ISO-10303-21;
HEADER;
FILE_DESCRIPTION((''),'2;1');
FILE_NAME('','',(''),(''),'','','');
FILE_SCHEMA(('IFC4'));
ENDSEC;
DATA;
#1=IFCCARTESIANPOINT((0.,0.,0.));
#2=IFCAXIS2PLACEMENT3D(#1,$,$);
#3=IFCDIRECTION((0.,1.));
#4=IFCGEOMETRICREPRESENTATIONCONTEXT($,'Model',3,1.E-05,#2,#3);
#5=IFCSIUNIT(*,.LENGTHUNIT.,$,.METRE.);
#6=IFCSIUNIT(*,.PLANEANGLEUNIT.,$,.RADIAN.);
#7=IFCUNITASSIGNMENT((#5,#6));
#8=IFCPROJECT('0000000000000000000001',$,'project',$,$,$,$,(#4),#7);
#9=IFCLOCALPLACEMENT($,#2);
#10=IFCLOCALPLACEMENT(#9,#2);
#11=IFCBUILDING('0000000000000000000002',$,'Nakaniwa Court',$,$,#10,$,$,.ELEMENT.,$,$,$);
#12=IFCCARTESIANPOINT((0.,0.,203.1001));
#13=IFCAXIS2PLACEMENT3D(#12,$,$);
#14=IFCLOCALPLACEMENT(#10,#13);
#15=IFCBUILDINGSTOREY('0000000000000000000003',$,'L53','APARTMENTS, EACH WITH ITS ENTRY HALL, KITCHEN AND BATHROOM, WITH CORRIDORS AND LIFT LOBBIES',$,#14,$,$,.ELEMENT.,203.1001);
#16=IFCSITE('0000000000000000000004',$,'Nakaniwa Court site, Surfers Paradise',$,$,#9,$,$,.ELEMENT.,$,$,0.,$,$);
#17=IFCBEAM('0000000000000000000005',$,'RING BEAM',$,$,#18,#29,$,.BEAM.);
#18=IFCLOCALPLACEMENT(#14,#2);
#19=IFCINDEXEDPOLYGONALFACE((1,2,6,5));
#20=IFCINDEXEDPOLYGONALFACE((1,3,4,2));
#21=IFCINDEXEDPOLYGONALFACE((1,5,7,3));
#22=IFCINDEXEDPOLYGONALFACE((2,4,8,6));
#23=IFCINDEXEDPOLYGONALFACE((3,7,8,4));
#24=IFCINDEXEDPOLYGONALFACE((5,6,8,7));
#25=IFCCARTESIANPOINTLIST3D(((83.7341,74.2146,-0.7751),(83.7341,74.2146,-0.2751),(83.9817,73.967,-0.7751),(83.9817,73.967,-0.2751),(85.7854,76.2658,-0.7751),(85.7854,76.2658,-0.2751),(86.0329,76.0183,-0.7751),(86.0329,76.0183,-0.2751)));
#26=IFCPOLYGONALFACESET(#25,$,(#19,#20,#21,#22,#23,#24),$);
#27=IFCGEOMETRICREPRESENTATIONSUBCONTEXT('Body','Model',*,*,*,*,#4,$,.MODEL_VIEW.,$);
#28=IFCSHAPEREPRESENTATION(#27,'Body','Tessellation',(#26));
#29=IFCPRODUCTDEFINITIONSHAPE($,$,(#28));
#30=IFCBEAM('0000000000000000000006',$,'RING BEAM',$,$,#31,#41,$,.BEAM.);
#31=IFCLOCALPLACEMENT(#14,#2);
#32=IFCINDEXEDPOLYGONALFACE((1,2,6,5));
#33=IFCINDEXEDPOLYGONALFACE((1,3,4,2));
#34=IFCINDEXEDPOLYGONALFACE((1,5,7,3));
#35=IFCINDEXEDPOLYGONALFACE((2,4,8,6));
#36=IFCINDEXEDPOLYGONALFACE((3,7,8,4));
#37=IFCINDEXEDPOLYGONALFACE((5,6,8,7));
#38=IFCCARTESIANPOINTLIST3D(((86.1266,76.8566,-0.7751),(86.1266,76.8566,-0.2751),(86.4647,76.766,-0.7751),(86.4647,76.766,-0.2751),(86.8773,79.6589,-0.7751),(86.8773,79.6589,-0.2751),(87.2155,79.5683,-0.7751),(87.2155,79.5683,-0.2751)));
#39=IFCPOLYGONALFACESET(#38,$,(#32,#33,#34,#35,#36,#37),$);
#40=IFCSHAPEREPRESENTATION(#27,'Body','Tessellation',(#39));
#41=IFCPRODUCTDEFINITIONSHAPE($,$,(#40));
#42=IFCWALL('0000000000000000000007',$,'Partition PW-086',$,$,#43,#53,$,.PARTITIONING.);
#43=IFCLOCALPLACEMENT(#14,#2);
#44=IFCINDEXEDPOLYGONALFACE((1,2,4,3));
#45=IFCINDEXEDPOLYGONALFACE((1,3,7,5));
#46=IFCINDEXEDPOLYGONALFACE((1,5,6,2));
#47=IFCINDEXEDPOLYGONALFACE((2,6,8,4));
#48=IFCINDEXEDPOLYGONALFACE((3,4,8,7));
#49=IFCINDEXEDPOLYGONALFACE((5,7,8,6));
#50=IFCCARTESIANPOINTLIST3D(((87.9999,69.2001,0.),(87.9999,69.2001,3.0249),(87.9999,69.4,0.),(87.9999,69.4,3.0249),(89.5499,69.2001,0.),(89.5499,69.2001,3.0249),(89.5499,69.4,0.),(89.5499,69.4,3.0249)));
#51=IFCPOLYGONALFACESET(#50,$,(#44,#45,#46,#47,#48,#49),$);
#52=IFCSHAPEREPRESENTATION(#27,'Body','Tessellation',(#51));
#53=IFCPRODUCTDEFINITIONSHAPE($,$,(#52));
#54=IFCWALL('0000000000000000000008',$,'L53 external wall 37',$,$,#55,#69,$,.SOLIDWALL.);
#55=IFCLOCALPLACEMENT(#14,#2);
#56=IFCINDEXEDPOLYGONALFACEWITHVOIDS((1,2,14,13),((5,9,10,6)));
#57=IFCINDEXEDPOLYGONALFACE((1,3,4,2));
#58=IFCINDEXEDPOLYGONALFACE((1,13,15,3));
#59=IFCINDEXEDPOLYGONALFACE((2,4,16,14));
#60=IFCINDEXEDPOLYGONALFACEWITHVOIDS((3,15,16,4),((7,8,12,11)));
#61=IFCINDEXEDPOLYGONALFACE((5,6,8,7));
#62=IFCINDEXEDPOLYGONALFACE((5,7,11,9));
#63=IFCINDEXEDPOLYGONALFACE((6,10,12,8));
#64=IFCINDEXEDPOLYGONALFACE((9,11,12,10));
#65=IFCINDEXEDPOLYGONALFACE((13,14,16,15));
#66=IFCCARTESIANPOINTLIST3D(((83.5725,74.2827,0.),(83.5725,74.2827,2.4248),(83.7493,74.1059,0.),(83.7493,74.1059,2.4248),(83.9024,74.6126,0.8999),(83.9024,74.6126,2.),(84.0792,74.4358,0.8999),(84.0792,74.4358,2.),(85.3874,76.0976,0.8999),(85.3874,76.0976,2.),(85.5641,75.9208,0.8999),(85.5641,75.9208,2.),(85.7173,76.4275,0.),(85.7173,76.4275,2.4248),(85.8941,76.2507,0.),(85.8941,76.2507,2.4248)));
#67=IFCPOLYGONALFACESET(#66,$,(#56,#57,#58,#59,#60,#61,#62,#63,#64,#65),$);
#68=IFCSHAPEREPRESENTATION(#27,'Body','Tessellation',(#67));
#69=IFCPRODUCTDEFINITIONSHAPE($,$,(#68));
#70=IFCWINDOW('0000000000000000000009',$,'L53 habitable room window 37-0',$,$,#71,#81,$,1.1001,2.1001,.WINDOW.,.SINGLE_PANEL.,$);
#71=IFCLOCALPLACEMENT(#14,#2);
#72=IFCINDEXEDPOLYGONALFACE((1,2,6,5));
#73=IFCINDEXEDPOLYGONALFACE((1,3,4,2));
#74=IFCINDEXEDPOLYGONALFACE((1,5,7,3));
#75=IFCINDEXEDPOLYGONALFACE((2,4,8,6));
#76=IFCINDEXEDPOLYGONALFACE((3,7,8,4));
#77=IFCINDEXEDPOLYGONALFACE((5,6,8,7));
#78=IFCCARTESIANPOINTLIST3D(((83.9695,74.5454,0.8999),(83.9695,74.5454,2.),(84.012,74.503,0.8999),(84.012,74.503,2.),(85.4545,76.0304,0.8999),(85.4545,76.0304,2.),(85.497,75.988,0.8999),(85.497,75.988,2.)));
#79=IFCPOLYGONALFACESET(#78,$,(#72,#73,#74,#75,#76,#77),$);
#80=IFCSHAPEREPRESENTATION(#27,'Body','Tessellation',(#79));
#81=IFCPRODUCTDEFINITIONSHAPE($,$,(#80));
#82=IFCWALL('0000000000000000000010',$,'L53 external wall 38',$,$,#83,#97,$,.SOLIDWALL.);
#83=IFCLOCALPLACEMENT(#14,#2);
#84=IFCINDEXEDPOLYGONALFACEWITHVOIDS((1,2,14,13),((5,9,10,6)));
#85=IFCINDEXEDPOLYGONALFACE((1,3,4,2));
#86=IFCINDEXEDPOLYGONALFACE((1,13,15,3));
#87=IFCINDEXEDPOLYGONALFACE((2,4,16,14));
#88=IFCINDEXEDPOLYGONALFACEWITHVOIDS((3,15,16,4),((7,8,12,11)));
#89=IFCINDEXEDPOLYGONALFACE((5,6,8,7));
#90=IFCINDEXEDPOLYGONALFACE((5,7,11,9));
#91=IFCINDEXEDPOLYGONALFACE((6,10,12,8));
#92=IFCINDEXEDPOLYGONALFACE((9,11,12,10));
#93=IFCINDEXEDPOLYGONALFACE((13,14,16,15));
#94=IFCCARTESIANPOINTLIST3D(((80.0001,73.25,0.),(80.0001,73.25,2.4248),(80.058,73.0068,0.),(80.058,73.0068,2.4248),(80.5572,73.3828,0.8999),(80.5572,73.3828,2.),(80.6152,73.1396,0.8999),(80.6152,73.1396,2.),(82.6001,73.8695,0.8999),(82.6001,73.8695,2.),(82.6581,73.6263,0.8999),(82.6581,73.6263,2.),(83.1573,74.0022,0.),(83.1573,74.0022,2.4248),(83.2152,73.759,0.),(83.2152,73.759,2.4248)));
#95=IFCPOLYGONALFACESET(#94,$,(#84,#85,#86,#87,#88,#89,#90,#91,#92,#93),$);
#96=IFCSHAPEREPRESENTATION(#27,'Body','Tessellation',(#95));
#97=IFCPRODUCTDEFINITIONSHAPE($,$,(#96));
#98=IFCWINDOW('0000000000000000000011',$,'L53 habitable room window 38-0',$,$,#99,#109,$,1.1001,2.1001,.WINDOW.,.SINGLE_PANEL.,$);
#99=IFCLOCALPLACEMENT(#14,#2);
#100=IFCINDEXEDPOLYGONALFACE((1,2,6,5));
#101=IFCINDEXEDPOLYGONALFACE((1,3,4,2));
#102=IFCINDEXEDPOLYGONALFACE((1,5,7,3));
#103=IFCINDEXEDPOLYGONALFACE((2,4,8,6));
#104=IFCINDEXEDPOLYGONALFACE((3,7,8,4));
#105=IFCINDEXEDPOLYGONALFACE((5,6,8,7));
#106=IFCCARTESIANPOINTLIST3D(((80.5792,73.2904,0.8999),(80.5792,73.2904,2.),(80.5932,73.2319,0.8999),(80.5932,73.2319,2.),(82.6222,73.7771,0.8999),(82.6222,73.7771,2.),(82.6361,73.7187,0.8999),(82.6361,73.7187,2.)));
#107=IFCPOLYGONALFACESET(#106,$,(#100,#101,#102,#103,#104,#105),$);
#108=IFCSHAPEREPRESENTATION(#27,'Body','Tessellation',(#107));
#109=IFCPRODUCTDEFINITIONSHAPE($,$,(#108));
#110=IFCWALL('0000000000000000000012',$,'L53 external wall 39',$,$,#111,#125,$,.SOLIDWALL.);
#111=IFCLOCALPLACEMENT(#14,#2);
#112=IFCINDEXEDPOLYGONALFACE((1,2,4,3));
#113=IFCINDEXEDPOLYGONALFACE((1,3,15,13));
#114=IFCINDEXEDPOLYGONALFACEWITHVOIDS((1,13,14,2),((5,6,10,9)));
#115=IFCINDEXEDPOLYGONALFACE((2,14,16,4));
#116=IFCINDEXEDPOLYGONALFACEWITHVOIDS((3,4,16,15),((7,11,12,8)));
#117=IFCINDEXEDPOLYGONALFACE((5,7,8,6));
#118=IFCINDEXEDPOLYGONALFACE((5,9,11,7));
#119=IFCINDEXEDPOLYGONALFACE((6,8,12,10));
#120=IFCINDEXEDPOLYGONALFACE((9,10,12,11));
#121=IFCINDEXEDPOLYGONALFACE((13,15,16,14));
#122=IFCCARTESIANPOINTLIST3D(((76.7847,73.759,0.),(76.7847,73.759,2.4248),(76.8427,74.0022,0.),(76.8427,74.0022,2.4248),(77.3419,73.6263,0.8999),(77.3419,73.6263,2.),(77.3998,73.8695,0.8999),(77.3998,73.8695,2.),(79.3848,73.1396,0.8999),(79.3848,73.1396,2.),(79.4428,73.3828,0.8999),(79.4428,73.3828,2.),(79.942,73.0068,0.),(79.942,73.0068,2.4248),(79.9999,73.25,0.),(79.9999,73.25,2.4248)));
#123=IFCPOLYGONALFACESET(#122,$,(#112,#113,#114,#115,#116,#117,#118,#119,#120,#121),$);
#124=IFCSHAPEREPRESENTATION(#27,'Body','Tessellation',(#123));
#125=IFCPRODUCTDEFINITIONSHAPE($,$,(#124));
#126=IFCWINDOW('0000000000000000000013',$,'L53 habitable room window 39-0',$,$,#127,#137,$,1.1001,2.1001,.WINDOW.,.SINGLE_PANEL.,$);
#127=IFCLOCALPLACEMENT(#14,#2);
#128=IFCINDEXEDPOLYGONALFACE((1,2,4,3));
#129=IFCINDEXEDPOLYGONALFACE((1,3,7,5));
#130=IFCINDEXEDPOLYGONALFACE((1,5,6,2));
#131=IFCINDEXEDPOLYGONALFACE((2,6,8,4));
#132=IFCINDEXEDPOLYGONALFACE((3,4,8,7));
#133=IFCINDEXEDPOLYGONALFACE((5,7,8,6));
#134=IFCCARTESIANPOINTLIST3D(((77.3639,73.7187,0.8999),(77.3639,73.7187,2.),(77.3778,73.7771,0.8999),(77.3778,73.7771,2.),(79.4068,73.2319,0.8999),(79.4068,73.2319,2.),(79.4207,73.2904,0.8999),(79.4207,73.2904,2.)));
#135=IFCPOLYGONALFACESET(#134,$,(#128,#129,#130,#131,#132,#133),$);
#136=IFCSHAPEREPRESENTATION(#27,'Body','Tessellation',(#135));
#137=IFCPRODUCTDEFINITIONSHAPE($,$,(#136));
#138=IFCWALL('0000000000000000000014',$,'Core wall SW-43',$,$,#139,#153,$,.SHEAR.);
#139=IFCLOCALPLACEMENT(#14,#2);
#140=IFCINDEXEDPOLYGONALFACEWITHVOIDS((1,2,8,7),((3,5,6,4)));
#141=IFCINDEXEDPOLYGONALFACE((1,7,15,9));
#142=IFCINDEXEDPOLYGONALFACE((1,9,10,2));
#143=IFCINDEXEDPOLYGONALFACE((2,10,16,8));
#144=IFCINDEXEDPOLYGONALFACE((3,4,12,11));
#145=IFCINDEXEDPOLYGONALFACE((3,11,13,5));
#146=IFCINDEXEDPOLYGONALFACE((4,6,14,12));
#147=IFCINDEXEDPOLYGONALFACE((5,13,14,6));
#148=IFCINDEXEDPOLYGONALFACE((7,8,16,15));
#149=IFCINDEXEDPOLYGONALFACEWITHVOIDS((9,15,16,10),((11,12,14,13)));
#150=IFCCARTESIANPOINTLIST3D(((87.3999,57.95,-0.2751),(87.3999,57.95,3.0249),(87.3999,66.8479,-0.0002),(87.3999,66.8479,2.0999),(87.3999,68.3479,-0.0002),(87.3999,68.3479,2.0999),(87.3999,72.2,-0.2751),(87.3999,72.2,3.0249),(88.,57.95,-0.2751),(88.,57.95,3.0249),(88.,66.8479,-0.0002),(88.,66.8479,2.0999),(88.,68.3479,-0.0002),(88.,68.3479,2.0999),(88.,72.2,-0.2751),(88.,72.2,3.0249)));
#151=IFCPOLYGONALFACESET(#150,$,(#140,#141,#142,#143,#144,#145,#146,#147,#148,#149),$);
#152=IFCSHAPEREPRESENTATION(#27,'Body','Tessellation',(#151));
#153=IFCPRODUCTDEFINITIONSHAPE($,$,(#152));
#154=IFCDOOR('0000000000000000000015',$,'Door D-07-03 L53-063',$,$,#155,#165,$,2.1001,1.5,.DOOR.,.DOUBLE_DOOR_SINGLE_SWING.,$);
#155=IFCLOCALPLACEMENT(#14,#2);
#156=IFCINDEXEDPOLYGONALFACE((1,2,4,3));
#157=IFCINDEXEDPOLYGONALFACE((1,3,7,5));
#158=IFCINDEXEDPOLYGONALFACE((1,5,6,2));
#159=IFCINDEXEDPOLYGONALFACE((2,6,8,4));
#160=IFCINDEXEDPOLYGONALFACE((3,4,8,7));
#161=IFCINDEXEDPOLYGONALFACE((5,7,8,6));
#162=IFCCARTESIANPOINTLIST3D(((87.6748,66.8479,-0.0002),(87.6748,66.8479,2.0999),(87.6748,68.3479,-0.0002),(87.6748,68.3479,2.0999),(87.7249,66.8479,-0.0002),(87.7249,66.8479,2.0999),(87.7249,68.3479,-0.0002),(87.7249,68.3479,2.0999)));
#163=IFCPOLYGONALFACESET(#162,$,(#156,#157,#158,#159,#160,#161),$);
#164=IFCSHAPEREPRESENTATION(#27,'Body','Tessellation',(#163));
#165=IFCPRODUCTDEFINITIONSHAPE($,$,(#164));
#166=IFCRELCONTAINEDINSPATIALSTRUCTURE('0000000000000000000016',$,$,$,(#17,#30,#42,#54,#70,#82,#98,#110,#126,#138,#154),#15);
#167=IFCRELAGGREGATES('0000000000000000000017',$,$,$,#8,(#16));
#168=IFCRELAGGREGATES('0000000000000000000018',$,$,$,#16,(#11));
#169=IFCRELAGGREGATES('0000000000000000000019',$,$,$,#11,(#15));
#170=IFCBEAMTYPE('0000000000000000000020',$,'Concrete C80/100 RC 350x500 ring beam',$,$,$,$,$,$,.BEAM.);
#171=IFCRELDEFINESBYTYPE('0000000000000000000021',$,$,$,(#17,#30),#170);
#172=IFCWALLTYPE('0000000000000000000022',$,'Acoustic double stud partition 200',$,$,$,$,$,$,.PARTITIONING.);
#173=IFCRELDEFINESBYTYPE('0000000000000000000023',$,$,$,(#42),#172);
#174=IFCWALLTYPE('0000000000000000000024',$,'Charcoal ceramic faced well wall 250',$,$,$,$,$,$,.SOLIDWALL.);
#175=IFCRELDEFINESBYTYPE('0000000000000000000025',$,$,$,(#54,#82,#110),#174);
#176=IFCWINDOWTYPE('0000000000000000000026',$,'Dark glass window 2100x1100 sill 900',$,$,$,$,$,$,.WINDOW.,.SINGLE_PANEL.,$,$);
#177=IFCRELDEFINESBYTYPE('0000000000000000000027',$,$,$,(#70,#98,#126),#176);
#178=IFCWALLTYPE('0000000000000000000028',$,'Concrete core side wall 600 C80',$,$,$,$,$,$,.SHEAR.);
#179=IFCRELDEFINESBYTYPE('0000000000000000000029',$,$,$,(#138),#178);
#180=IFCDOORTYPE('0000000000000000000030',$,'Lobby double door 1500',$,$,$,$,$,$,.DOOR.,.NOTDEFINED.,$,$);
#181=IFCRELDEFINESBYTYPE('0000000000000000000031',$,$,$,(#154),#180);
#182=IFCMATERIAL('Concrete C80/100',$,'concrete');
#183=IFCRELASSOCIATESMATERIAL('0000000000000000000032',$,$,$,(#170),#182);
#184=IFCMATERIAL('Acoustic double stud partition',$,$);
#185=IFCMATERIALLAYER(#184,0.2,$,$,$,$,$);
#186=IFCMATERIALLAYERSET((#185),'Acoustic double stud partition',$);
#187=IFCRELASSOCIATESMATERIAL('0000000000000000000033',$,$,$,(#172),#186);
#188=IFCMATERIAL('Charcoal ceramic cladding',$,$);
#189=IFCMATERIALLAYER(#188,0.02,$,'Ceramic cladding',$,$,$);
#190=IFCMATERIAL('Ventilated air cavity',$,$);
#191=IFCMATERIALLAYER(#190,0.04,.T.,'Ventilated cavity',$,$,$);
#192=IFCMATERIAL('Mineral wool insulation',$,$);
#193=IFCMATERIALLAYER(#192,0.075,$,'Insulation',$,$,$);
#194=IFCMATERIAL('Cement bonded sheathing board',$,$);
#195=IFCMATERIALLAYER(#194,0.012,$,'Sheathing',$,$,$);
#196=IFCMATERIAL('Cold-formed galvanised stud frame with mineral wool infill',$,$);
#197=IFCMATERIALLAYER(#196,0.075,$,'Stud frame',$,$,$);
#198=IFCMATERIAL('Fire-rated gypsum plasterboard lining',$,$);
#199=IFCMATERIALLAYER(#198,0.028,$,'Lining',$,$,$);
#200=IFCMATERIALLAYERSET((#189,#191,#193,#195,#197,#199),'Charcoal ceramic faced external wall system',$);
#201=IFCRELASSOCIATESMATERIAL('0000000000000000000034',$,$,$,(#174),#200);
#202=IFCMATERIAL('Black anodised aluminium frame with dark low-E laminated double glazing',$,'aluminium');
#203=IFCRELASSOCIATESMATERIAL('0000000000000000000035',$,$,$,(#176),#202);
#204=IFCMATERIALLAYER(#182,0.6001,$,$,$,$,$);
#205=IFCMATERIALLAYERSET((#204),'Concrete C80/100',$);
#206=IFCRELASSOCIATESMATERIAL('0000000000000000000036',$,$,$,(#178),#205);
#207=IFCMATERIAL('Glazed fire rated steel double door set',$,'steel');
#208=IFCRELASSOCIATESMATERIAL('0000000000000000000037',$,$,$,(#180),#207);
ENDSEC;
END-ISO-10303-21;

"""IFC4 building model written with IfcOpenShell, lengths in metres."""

from ifc_helpers import new_model, si_unit, direction, frame, frame_2d, origin, origin_2d, place, context, subcontext, project, spatial, rectangle, extrude, material, layer, layer_set, material_profile, profile_set, type_object, element, fill, save


model = new_model("IFC4")

# Units and contexts
model_context = context("Model", 3, precision=1e-05, world=origin(), true_north=direction((0.0, 1.0)))
body_context = subcontext(model_context, "Body", "Model", "MODEL_VIEW")
ifc_project = project(units=[si_unit("LENGTHUNIT", "METRE"), si_unit("PLANEANGLEUNIT", "RADIAN")], contexts=[model_context])

# Site, building, storey
site_placement = place(None, origin())
site = spatial("IfcSite", under=ifc_project, at=site_placement, Name="Nakaniwa Court site, Surfers Paradise", CompositionType="ELEMENT", RefElevation=0.0)
building_placement = place(site_placement, origin())
building = spatial("IfcBuilding", under=site, at=building_placement, Name="Nakaniwa Court", CompositionType="ELEMENT")
storey_placement = place(building_placement, frame((0.0, 0.0, 203.1001)))
storey = spatial("IfcBuildingStorey", under=building, at=storey_placement, Name="L53", Description="APARTMENTS, EACH WITH ITS ENTRY HALL, KITCHEN AND BATHROOM, WITH CORRIDORS AND LIFT LOBBIES", CompositionType="ELEMENT", Elevation=203.1001)

# Shared definitions
ifc_material_1 = material(Name="Concrete C80/100", Category="concrete")

# Beams
ifc_material_profile_1 = material_profile(ifc_material_1, rectangle(XDim=0.3501, YDim=0.5, at=origin_2d()), Name="Concrete C80/100 RC 350x500 ring beam")
ifc_profile_set_1 = profile_set([ifc_material_profile_1], Name="Concrete C80/100")
beam_type = type_object("IfcBeamType", Name="Concrete C80/100 RC 350x500 ring beam", PredefinedType="BEAM", material=ifc_profile_set_1)
beam_1_placement = place(storey_placement, frame((83.8579, 74.0908, -0.5251), z_axis=(0.707107, 0.707107, 0.0), x_axis=(-0.707107, 0.707107, 0.0)))
element("IfcBeam", 1, at=beam_1_placement, inside=storey, type_object=beam_type, Name="RING BEAM", PredefinedType="BEAM", context=body_context, shape_type="SweptSolid", body=[
    extrude(rectangle(XDim=0.3501, YDim=0.5, at=origin_2d()), origin(), (0.0, 0.0, 1.0), 2.9009),
])
beam_2_placement = place(storey_placement, frame((86.2957, 76.8113, -0.5251), z_axis=(0.258778, 0.965937, 0.0), x_axis=(-0.965937, 0.258778, 0.0)))
element("IfcBeam", 2, at=beam_2_placement, inside=storey, type_object=beam_type, Name="RING BEAM", PredefinedType="BEAM", context=body_context, shape_type="SweptSolid", body=[
    extrude(rectangle(XDim=0.3501, YDim=0.5, at=origin_2d()), origin(), (0.0, 0.0, 1.0), 2.9011),
])

# Wall
ifc_material_2 = material(Name="Acoustic double stud partition")
ifc_layer_1 = layer(ifc_material_2, 0.2)
ifc_layer_set_1 = layer_set([ifc_layer_1], Name="Acoustic double stud partition")
wall_type_1 = type_object("IfcWallType", Name="Acoustic double stud partition 200", PredefinedType="PARTITIONING", material=ifc_layer_set_1)
wall_1_placement = place(storey_placement, frame((88.0, 69.3, 0.0), z_axis=(0.0, 0.0, 1.0), x_axis=(1.0, 0.0, 0.0)))
element("IfcWall", 3, at=wall_1_placement, inside=storey, type_object=wall_type_1, Name="Partition PW-086", PredefinedType="PARTITIONING", context=body_context, shape_type="SweptSolid", body=[
    extrude(rectangle(XDim=1.55, YDim=0.2, at=frame_2d((0.7749, 0.0))), origin(), (0.0, 0.0, 1.0), 3.0249),
])

# Walls, openings, windows
ifc_material_3 = material(Name="Charcoal ceramic cladding")
ifc_layer_2 = layer(ifc_material_3, 0.02, Name="Ceramic cladding")
ifc_material_4 = material(Name="Ventilated air cavity")
ifc_layer_3 = layer(ifc_material_4, 0.04, ventilated=True, Name="Ventilated cavity")
ifc_material_5 = material(Name="Mineral wool insulation")
ifc_layer_4 = layer(ifc_material_5, 0.075, Name="Insulation")
ifc_material_6 = material(Name="Cement bonded sheathing board")
ifc_layer_5 = layer(ifc_material_6, 0.012, Name="Sheathing")
ifc_material_7 = material(Name="Cold-formed galvanised stud frame with mineral wool infill")
ifc_layer_6 = layer(ifc_material_7, 0.075, Name="Stud frame")
ifc_material_8 = material(Name="Fire-rated gypsum plasterboard lining")
ifc_layer_7 = layer(ifc_material_8, 0.028, Name="Lining")
ifc_layer_set_2 = layer_set([ifc_layer_2, ifc_layer_3, ifc_layer_4, ifc_layer_5, ifc_layer_6, ifc_layer_7], Name="Charcoal ceramic faced external wall system")
wall_type_2 = type_object("IfcWallType", Name="Charcoal ceramic faced well wall 250", PredefinedType="SOLIDWALL", material=ifc_layer_set_2)
wall_2_placement = place(storey_placement, frame((85.8057, 76.3391, 0.0), z_axis=(0.0, 0.0, 1.0), x_axis=(-0.707107, -0.707107, 0.0)))
wall_2 = element("IfcWall", 4, at=wall_2_placement, inside=storey, type_object=wall_type_2, Name="L53 external wall 37", PredefinedType="SOLIDWALL", context=body_context, shape_type="SweptSolid", body=[
    extrude(rectangle(XDim=3.0332, YDim=0.25, at=frame_2d((1.5166, 0.0))), origin(), (0.0, 0.0, 1.0), 2.4248),
])
opening_1_placement = place(wall_2_placement, frame((0.4666, 0.0, 0.8999)))
opening_1 = element("IfcOpeningElement", 5, at=opening_1_placement, cuts=wall_2, PredefinedType="OPENING", context=body_context, shape_type="SweptSolid", body=[
    extrude(rectangle(XDim=2.1001, YDim=1.1001, at=frame_2d((1.05, 0.55))), frame((0.0, 0.135, 0.0), z_axis=(0.0, -1.0, 0.0), x_axis=(1.0, 0.0, 0.0)), (0.0, 0.0, 1.0), 0.27),
])
ifc_material_9 = material(Name="Black anodised aluminium frame with dark low-E laminated double glazing", Category="aluminium")
window_type = type_object("IfcWindowType", Name="Dark glass window 2100x1100 sill 900", PartitioningType="SINGLE_PANEL", PredefinedType="WINDOW", material=ifc_material_9)
window_1_placement = place(opening_1_placement, origin())
window_1 = element("IfcWindow", 6, at=window_1_placement, inside=storey, type_object=window_type, Name="L53 habitable room window 37-0", OverallHeight=1.1001, OverallWidth=2.1001, PartitioningType="SINGLE_PANEL", PredefinedType="WINDOW", context=body_context, shape_type="SweptSolid", body=[
    extrude(rectangle(XDim=2.1001, YDim=1.1001, at=frame_2d((1.05, 0.55))), frame((0.0, 0.03, 0.0), z_axis=(0.0, -1.0, 0.0), x_axis=(1.0, 0.0, 0.0)), (0.0, 0.0, 1.0), 0.0601),
])
fill(opening_1, window_1)
wall_3_placement = place(storey_placement, frame((83.1863, 73.8806, 0.0), z_axis=(0.0, 0.0, 1.0), x_axis=(-0.972773, -0.23176, 0.0)))
wall_3 = element("IfcWall", 7, at=wall_3_placement, inside=storey, type_object=wall_type_2, Name="L53 external wall 38", PredefinedType="SOLIDWALL", context=body_context, shape_type="SweptSolid", body=[
    extrude(rectangle(XDim=3.2456, YDim=0.25, at=frame_2d((1.6228, 0.0))), origin(), (0.0, 0.0, 1.0), 2.4248),
])
opening_2_placement = place(wall_3_placement, frame((0.5728, 0.0, 0.8999)))
opening_2 = element("IfcOpeningElement", 8, at=opening_2_placement, cuts=wall_3, PredefinedType="OPENING", context=body_context, shape_type="SweptSolid", body=[
    extrude(rectangle(XDim=2.1001, YDim=1.1001, at=frame_2d((1.05, 0.55))), frame((0.0, 0.135, 0.0), z_axis=(0.0, -1.0, 0.0), x_axis=(1.0, 0.0, 0.0)), (0.0, 0.0, 1.0), 0.27),
])
window_2_placement = place(opening_2_placement, origin())
window_2 = element("IfcWindow", 9, at=window_2_placement, inside=storey, type_object=window_type, Name="L53 habitable room window 38-0", OverallHeight=1.1001, OverallWidth=2.1001, PartitioningType="SINGLE_PANEL", PredefinedType="WINDOW", context=body_context, shape_type="SweptSolid", body=[
    extrude(rectangle(XDim=2.1001, YDim=1.1001, at=frame_2d((1.05, 0.55))), frame((0.0, 0.03, 0.0), z_axis=(0.0, -1.0, 0.0), x_axis=(1.0, 0.0, 0.0)), (0.0, 0.0, 1.0), 0.0601),
])
fill(opening_2, window_2)
wall_4_placement = place(storey_placement, frame((79.9709, 73.1284, 0.0), z_axis=(0.0, 0.0, 1.0), x_axis=(-0.972773, 0.23176, 0.0)))
wall_4 = element("IfcWall", 10, at=wall_4_placement, inside=storey, type_object=wall_type_2, Name="L53 external wall 39", PredefinedType="SOLIDWALL", context=body_context, shape_type="SweptSolid", body=[
    extrude(rectangle(XDim=3.2456, YDim=0.25, at=frame_2d((1.6228, 0.0))), origin(), (0.0, 0.0, 1.0), 2.4248),
])
opening_3_placement = place(wall_4_placement, frame((0.5728, 0.0, 0.8999)))
opening_3 = element("IfcOpeningElement", 11, at=opening_3_placement, cuts=wall_4, PredefinedType="OPENING", context=body_context, shape_type="SweptSolid", body=[
    extrude(rectangle(XDim=2.1001, YDim=1.1001, at=frame_2d((1.05, 0.55))), frame((0.0, 0.135, 0.0), z_axis=(0.0, -1.0, 0.0), x_axis=(1.0, 0.0, 0.0)), (0.0, 0.0, 1.0), 0.27),
])
window_3_placement = place(opening_3_placement, origin())
window_3 = element("IfcWindow", 12, at=window_3_placement, inside=storey, type_object=window_type, Name="L53 habitable room window 39-0", OverallHeight=1.1001, OverallWidth=2.1001, PartitioningType="SINGLE_PANEL", PredefinedType="WINDOW", context=body_context, shape_type="SweptSolid", body=[
    extrude(rectangle(XDim=2.1001, YDim=1.1001, at=frame_2d((1.05, 0.55))), frame((0.0, 0.03, 0.0), z_axis=(0.0, -1.0, 0.0), x_axis=(1.0, 0.0, 0.0)), (0.0, 0.0, 1.0), 0.0601),
])
fill(opening_3, window_3)

# Wall, opening, door
ifc_layer_8 = layer(ifc_material_1, 0.6001)
ifc_layer_set_3 = layer_set([ifc_layer_8], Name="Concrete C80/100")
wall_type_3 = type_object("IfcWallType", Name="Concrete core side wall 600 C80", PredefinedType="SHEAR", material=ifc_layer_set_3)
wall_5_placement = place(storey_placement, frame((87.7, 72.2, -0.2751), z_axis=(0.0, 0.0, 1.0), x_axis=(0.0, -1.0, 0.0)))
wall_5 = element("IfcWall", 13, at=wall_5_placement, inside=storey, type_object=wall_type_3, Name="Core wall SW-43", PredefinedType="SHEAR", context=body_context, shape_type="SweptSolid", body=[
    extrude(rectangle(XDim=14.25, YDim=0.6001, at=frame_2d((7.125, 0.0))), origin(), (0.0, 0.0, 1.0), 3.3),
])
opening_4_placement = place(wall_5_placement, frame((3.8521, 0.0, 0.2749)))
opening_4 = element("IfcOpeningElement", 14, at=opening_4_placement, cuts=wall_5, PredefinedType="OPENING", context=body_context, shape_type="SweptSolid", body=[
    extrude(rectangle(XDim=1.5, YDim=2.1001, at=frame_2d((0.75, 1.05))), frame((0.0, 0.3101, 0.0), z_axis=(0.0, -1.0, 0.0), x_axis=(1.0, 0.0, 0.0)), (0.0, 0.0, 1.0), 0.6201),
])
ifc_material_10 = material(Name="Glazed fire rated steel double door set", Category="steel")
door_type_1 = type_object("IfcDoorType", Name="Lobby double door 1500", OperationType="NOTDEFINED", PredefinedType="DOOR", material=ifc_material_10)
door_1_placement = place(opening_4_placement, origin())
door_1 = element("IfcDoor", 15, at=door_1_placement, inside=storey, type_object=door_type_1, Name="Door D-07-03 L53-063", OperationType="DOUBLE_DOOR_SINGLE_SWING", OverallHeight=2.1001, OverallWidth=1.5, PredefinedType="DOOR", context=body_context, shape_type="SweptSolid", body=[
    extrude(rectangle(XDim=1.5, YDim=2.1001, at=frame_2d((0.75, 1.05))), frame((0.0, 0.0249, 0.0), z_axis=(0.0, -1.0, 0.0), x_axis=(1.0, 0.0, 0.0)), (0.0, 0.0, 1.0), 0.05),
])
fill(opening_4, door_1)

save(model, "model.ifc")
